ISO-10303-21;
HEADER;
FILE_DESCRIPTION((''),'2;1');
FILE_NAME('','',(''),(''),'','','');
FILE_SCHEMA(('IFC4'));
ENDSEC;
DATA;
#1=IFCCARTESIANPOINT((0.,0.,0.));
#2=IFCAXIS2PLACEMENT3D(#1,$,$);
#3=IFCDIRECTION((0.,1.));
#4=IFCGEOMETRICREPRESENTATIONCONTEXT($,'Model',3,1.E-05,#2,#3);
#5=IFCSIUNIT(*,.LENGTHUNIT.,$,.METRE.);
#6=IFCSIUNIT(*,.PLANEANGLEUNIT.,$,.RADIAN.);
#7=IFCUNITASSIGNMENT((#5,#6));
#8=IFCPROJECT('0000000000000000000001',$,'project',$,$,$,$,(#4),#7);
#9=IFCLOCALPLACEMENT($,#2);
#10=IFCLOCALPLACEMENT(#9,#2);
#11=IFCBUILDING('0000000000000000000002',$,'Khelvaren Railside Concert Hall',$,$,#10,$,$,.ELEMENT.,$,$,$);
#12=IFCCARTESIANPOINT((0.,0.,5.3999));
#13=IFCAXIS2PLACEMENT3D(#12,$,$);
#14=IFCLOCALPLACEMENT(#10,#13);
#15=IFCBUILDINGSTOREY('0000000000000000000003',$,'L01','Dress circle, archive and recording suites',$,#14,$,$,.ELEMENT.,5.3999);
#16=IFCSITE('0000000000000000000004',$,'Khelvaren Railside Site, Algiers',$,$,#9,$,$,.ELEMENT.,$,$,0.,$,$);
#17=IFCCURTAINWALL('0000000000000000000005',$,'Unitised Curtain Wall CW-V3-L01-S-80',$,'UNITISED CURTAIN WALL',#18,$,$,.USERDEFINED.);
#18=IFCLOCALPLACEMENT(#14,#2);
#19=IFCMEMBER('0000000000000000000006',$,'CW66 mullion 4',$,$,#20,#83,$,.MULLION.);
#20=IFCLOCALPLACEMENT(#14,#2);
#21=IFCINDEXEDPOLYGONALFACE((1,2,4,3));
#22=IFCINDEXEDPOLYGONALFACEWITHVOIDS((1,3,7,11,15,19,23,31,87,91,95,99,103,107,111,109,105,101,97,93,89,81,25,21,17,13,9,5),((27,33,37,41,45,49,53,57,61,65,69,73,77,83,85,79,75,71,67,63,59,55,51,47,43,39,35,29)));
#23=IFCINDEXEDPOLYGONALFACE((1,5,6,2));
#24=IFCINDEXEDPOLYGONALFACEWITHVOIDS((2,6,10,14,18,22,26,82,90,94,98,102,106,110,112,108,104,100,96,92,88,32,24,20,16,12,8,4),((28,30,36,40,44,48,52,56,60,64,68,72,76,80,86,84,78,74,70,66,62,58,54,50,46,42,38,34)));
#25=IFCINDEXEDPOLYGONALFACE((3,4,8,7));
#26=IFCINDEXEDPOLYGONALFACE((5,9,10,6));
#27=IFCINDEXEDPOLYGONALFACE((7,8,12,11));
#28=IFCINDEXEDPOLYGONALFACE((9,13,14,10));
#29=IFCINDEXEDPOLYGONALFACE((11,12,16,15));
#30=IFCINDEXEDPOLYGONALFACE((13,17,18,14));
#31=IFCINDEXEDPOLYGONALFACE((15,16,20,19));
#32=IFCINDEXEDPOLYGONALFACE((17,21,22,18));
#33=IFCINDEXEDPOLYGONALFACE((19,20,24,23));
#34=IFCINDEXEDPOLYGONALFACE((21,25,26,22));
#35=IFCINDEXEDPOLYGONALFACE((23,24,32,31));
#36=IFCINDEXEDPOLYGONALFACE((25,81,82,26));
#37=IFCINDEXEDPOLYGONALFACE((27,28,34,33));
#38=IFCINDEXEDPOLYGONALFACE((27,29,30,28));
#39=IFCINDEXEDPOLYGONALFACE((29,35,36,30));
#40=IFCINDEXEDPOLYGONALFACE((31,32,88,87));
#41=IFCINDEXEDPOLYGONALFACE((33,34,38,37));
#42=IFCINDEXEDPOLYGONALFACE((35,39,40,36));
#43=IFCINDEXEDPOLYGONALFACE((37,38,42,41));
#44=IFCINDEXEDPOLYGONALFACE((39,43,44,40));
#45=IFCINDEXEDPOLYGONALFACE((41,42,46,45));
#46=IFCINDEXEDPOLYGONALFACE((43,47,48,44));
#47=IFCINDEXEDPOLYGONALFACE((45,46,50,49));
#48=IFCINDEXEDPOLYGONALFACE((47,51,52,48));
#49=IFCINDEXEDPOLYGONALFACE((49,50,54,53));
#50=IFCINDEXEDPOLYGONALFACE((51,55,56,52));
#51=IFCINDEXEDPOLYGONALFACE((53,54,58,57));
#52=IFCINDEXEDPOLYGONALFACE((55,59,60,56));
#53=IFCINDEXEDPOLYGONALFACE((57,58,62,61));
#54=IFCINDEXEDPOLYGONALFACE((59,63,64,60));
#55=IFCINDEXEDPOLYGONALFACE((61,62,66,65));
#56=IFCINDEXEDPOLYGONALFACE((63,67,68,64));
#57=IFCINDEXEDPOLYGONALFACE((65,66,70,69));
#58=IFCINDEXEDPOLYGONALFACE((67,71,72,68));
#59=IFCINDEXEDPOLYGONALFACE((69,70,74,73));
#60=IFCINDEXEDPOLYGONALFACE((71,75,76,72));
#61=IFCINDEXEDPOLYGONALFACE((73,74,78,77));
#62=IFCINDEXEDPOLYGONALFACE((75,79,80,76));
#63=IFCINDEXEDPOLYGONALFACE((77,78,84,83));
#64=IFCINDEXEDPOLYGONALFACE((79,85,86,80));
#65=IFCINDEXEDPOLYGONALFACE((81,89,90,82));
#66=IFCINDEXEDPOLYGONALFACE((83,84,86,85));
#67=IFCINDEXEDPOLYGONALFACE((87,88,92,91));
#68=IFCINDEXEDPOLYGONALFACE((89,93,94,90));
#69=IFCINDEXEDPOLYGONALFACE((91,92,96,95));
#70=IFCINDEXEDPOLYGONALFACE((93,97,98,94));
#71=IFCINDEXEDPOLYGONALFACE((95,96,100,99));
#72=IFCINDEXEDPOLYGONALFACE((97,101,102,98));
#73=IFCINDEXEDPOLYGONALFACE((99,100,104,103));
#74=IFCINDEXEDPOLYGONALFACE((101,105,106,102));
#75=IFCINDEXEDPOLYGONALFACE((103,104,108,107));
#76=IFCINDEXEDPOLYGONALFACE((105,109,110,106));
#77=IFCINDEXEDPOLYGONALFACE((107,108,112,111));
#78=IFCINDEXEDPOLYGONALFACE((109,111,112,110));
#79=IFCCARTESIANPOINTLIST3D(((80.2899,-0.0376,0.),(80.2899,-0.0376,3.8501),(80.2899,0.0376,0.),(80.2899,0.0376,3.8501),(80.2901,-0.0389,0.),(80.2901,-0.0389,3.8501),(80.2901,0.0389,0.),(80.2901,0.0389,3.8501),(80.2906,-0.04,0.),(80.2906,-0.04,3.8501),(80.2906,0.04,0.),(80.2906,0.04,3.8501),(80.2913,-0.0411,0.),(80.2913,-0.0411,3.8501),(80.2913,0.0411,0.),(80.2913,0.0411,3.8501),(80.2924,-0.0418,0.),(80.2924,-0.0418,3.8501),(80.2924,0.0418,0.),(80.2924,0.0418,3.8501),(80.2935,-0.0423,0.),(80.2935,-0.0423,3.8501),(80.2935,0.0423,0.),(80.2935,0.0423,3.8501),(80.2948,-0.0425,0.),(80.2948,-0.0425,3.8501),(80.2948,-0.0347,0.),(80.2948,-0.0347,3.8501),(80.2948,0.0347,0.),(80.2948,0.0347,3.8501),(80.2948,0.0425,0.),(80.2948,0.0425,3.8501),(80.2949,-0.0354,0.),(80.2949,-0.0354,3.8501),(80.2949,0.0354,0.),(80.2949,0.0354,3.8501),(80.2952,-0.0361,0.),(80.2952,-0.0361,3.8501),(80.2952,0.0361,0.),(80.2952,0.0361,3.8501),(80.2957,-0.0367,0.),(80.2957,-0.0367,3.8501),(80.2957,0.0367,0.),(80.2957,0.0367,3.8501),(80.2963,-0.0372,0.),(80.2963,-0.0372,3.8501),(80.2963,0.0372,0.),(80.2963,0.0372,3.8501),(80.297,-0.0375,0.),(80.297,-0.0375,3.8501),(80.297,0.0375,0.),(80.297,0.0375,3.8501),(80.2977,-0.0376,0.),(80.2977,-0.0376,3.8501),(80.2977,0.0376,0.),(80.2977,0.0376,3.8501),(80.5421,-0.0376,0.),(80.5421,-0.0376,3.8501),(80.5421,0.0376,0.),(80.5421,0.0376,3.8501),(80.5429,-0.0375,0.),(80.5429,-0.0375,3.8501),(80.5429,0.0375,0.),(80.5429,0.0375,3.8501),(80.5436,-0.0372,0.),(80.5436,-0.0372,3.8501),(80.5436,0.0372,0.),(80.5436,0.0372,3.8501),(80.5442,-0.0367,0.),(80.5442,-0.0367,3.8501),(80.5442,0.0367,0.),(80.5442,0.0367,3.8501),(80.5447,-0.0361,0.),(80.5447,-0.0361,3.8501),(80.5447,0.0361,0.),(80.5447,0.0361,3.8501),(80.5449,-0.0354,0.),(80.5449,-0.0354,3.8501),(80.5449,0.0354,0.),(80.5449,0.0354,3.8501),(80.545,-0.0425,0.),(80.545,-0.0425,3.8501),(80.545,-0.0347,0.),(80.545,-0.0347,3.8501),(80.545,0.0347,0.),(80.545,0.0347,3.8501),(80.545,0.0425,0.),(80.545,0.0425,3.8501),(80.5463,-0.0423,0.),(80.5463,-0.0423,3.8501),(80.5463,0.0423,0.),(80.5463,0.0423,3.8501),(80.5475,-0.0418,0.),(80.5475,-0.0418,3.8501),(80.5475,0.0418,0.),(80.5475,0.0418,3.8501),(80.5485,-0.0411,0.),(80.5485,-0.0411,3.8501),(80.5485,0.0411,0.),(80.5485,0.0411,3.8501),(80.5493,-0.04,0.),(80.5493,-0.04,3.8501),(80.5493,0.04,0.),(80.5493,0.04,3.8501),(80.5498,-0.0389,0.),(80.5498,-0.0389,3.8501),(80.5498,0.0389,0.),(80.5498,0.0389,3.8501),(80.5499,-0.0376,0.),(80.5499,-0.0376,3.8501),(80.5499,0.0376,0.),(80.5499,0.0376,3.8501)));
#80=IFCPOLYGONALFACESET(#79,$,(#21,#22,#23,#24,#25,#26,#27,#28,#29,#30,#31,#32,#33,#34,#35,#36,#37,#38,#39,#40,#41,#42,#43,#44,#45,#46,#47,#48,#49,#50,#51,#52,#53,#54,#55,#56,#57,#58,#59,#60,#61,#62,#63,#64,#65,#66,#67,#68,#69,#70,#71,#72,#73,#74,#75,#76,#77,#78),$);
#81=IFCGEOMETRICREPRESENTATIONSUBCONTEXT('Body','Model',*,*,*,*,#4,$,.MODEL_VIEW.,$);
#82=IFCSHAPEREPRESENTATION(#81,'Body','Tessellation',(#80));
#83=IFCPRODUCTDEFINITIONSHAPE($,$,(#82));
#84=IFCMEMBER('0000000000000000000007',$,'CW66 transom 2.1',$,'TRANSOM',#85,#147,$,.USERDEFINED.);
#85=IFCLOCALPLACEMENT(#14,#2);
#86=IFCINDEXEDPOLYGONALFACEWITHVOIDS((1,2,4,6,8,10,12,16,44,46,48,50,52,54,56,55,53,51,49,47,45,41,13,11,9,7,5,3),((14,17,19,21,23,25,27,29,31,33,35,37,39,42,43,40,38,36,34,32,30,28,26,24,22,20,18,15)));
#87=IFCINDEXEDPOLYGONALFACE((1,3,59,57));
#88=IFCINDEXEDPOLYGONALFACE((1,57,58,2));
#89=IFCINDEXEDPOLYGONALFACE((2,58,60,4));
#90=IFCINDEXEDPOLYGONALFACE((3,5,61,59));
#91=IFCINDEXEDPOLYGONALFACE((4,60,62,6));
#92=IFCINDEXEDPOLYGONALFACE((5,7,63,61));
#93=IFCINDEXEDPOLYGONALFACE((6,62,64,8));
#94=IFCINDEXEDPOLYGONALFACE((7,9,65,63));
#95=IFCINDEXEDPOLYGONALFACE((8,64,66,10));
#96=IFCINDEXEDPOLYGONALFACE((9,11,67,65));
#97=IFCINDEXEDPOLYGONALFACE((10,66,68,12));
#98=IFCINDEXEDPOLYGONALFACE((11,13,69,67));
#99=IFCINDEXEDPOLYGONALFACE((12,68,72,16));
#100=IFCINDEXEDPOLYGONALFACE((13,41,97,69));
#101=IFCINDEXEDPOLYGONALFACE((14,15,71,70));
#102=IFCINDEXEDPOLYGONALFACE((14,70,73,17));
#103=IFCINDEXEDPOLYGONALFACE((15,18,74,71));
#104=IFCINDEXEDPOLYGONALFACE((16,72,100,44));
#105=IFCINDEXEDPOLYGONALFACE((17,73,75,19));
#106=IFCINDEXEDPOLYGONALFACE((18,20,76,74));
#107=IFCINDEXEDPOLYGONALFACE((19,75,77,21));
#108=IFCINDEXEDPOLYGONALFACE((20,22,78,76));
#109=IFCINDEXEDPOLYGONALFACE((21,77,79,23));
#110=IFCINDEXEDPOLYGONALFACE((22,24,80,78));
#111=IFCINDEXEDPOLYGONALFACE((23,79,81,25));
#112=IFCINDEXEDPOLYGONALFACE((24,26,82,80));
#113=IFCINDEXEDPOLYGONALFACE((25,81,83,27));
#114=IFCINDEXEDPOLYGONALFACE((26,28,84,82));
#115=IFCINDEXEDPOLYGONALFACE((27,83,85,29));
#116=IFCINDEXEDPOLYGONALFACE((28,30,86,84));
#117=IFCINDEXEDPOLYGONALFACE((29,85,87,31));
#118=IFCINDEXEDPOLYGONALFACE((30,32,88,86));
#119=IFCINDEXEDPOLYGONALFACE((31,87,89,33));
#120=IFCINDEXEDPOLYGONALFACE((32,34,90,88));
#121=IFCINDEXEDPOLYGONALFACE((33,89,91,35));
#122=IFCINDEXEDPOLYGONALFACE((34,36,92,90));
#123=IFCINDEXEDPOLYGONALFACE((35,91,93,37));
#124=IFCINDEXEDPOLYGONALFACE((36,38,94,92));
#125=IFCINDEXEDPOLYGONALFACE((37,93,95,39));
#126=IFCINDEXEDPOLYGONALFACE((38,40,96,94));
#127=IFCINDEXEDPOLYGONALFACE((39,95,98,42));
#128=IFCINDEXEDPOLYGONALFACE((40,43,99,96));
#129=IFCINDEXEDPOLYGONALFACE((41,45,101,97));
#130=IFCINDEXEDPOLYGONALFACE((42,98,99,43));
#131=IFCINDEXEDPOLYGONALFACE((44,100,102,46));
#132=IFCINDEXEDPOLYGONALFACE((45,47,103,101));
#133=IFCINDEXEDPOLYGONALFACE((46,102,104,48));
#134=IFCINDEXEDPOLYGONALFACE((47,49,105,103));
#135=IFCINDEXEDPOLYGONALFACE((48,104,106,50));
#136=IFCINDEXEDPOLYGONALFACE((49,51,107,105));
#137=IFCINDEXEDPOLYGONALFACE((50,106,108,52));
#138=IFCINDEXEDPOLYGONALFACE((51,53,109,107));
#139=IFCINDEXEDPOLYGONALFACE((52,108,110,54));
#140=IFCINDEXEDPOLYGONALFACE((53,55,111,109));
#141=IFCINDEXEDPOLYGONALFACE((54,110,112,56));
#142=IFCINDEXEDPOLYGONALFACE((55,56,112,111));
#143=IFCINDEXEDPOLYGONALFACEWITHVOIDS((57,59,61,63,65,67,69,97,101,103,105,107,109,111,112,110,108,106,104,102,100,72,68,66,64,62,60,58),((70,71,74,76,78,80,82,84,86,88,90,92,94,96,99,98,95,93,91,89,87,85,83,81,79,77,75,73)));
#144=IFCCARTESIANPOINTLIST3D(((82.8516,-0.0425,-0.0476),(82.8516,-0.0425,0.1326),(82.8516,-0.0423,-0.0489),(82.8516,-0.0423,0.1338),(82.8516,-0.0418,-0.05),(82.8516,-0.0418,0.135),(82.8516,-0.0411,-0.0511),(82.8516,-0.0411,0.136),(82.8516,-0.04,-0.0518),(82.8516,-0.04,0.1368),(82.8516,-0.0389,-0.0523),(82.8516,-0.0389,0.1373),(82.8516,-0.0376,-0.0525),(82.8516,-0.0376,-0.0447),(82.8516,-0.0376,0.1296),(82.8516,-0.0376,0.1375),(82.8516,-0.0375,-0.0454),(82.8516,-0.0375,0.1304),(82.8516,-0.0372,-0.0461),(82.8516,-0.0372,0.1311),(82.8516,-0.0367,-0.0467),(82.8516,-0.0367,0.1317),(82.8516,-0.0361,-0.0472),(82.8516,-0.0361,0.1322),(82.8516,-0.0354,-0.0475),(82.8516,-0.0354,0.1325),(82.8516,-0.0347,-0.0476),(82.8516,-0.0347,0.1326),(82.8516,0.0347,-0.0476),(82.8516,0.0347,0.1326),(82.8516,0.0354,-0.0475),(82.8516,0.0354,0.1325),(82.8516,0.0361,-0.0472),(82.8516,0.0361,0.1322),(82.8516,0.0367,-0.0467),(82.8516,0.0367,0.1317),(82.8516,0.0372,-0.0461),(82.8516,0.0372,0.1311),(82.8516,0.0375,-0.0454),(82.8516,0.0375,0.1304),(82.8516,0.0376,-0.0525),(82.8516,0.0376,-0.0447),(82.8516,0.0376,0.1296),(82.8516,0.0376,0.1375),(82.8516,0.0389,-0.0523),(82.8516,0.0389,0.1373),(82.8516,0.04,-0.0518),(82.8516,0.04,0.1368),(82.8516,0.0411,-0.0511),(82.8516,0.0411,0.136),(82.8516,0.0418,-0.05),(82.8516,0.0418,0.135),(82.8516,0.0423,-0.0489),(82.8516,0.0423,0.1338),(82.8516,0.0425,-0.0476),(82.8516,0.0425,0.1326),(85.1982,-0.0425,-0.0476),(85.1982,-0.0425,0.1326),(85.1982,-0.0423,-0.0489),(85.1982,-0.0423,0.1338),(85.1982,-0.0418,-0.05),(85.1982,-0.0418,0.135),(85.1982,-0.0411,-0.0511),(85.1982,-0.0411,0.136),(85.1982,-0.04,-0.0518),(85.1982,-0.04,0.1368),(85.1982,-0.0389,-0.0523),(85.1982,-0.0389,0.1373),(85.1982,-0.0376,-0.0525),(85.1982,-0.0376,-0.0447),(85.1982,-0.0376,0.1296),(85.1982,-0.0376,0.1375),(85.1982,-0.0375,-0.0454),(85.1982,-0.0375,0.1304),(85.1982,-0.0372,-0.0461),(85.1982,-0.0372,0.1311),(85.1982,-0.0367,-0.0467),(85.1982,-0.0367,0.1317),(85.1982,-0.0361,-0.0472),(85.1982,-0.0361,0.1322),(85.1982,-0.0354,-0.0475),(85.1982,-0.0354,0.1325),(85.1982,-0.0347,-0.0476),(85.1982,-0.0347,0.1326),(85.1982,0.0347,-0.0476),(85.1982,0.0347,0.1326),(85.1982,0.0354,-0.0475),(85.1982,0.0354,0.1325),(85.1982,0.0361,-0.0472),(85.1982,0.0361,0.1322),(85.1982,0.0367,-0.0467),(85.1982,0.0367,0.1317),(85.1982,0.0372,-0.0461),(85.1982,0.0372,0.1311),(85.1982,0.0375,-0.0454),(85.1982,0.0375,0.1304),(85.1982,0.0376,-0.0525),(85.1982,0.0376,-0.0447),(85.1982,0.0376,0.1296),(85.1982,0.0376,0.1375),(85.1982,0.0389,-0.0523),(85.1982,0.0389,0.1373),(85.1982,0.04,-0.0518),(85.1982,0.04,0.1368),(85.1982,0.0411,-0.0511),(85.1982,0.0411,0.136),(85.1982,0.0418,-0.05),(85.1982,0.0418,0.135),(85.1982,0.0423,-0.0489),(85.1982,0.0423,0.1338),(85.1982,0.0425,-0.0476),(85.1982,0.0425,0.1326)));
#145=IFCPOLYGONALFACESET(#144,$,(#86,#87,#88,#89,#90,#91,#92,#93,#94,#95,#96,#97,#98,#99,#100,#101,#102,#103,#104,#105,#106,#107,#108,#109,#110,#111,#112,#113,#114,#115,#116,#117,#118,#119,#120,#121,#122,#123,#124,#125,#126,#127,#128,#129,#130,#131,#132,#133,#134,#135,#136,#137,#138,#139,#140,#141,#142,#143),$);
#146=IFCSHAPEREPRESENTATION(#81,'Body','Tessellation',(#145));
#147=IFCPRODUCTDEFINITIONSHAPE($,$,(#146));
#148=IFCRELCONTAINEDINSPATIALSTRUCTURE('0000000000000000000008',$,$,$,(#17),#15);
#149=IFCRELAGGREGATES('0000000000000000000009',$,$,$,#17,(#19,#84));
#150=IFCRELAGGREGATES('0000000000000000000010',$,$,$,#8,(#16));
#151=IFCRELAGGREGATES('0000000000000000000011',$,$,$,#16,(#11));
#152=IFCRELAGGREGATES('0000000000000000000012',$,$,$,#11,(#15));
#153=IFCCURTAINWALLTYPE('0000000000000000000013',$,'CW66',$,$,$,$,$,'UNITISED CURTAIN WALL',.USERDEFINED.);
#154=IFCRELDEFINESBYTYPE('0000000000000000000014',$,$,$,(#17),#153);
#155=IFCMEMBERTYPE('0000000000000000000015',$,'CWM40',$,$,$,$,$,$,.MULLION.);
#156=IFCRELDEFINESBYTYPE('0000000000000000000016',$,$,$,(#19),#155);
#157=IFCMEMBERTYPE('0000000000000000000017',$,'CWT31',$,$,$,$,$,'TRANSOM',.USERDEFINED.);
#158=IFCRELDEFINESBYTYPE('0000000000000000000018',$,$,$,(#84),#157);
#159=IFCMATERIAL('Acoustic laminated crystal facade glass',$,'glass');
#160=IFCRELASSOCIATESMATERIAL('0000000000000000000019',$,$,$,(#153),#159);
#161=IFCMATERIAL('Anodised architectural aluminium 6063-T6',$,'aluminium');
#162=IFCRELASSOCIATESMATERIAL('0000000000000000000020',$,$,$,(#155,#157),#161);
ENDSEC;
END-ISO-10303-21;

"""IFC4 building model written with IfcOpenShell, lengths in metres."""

from ifc_helpers import new_model, si_unit, direction, frame, origin, origin_2d, place, context, subcontext, project, spatial, hollow_rectangle, extrude, material, material_profile, profile_set, type_object, element, aggregate, save


model = new_model("IFC4")

# Units and contexts
model_context = context("Model", 3, precision=1e-05, world=origin(), true_north=direction((0.0, 1.0)))
body_context = subcontext(model_context, "Body", "Model", "MODEL_VIEW")
ifc_project = project(units=[si_unit("LENGTHUNIT", "METRE"), si_unit("PLANEANGLEUNIT", "RADIAN")], contexts=[model_context])

# Site, building, storey
site_placement = place(None, origin())
site = spatial("IfcSite", under=ifc_project, at=site_placement, Name="Khelvaren Railside Site, Algiers", CompositionType="ELEMENT", RefElevation=0.0)
building_placement = place(site_placement, origin())
building = spatial("IfcBuilding", under=site, at=building_placement, Name="Khelvaren Railside Concert Hall", CompositionType="ELEMENT")
storey_placement = place(building_placement, frame((0.0, 0.0, 5.3999)))
storey = spatial("IfcBuildingStorey", under=building, at=storey_placement, Name="L01", Description="Dress circle, archive and recording suites", CompositionType="ELEMENT", Elevation=5.3999)

# Curtain wall, members
ifc_material_1 = material(Name="Acoustic laminated crystal facade glass", Category="glass")
curtain_wall_type = type_object("IfcCurtainWallType", Name="CW66", ElementType="UNITISED CURTAIN WALL", PredefinedType="USERDEFINED", material=ifc_material_1)
curtain_wall_placement = place(storey_placement, origin())
curtain_wall = element("IfcCurtainWall", 1, at=curtain_wall_placement, inside=storey, type_object=curtain_wall_type, Name="Unitised Curtain Wall CW-V3-L01-S-80", ObjectType="UNITISED CURTAIN WALL", PredefinedType="USERDEFINED")
ifc_material_2 = material(Name="Anodised architectural aluminium 6063-T6", Category="aluminium")
ifc_material_profile_1 = material_profile(ifc_material_2, hollow_rectangle(XDim=0.085, YDim=0.26, WallThickness=0.0049, InnerFilletRadius=0.0029, OuterFilletRadius=0.0049, at=origin_2d()), Name="CWM 85x260x5")
ifc_profile_set_1 = profile_set([ifc_material_profile_1], Name="Anodised architectural aluminium 6063-T6")
member_type_1 = type_object("IfcMemberType", Name="CWM40", PredefinedType="MULLION", material=ifc_profile_set_1)
member_1_placement = place(storey_placement, frame((80.4199, 0.0, 0.0), z_axis=(0.0, 0.0, 1.0), x_axis=(0.0, -1.0, 0.0)))
member_1 = element("IfcMember", 2, at=member_1_placement, type_object=member_type_1, Name="CW66 mullion 4", PredefinedType="MULLION", context=body_context, shape_type="SweptSolid", body=[
    extrude(hollow_rectangle(XDim=0.085, YDim=0.26, WallThickness=0.0049, InnerFilletRadius=0.0029, OuterFilletRadius=0.0049, at=origin_2d()), origin(), (0.0, 0.0, 1.0), 3.8501),
])
ifc_material_profile_2 = material_profile(ifc_material_2, hollow_rectangle(XDim=0.085, YDim=0.1899, WallThickness=0.0049, InnerFilletRadius=0.0029, OuterFilletRadius=0.0049, at=origin_2d()), Name="CWT 85x190x5")
ifc_profile_set_2 = profile_set([ifc_material_profile_2], Name="Anodised architectural aluminium 6063-T6")
member_type_2 = type_object("IfcMemberType", Name="CWT31", ElementType="TRANSOM", PredefinedType="USERDEFINED", material=ifc_profile_set_2)
member_2_placement = place(storey_placement, frame((85.1982, 0.0, 0.0425), z_axis=(-1.0, 0.0, 0.0), x_axis=(0.0, -1.0, 0.0)))
member_2 = element("IfcMember", 3, at=member_2_placement, type_object=member_type_2, Name="CW66 transom 2.1", ObjectType="TRANSOM", PredefinedType="USERDEFINED", context=body_context, shape_type="SweptSolid", body=[
    extrude(hollow_rectangle(XDim=0.085, YDim=0.1899, WallThickness=0.0049, InnerFilletRadius=0.0029, OuterFilletRadius=0.0049, at=origin_2d()), origin(), (0.0, 0.0, 1.0), 2.3467),
])

aggregate(curtain_wall, [member_1, member_2])

save(model, "model.ifc")
